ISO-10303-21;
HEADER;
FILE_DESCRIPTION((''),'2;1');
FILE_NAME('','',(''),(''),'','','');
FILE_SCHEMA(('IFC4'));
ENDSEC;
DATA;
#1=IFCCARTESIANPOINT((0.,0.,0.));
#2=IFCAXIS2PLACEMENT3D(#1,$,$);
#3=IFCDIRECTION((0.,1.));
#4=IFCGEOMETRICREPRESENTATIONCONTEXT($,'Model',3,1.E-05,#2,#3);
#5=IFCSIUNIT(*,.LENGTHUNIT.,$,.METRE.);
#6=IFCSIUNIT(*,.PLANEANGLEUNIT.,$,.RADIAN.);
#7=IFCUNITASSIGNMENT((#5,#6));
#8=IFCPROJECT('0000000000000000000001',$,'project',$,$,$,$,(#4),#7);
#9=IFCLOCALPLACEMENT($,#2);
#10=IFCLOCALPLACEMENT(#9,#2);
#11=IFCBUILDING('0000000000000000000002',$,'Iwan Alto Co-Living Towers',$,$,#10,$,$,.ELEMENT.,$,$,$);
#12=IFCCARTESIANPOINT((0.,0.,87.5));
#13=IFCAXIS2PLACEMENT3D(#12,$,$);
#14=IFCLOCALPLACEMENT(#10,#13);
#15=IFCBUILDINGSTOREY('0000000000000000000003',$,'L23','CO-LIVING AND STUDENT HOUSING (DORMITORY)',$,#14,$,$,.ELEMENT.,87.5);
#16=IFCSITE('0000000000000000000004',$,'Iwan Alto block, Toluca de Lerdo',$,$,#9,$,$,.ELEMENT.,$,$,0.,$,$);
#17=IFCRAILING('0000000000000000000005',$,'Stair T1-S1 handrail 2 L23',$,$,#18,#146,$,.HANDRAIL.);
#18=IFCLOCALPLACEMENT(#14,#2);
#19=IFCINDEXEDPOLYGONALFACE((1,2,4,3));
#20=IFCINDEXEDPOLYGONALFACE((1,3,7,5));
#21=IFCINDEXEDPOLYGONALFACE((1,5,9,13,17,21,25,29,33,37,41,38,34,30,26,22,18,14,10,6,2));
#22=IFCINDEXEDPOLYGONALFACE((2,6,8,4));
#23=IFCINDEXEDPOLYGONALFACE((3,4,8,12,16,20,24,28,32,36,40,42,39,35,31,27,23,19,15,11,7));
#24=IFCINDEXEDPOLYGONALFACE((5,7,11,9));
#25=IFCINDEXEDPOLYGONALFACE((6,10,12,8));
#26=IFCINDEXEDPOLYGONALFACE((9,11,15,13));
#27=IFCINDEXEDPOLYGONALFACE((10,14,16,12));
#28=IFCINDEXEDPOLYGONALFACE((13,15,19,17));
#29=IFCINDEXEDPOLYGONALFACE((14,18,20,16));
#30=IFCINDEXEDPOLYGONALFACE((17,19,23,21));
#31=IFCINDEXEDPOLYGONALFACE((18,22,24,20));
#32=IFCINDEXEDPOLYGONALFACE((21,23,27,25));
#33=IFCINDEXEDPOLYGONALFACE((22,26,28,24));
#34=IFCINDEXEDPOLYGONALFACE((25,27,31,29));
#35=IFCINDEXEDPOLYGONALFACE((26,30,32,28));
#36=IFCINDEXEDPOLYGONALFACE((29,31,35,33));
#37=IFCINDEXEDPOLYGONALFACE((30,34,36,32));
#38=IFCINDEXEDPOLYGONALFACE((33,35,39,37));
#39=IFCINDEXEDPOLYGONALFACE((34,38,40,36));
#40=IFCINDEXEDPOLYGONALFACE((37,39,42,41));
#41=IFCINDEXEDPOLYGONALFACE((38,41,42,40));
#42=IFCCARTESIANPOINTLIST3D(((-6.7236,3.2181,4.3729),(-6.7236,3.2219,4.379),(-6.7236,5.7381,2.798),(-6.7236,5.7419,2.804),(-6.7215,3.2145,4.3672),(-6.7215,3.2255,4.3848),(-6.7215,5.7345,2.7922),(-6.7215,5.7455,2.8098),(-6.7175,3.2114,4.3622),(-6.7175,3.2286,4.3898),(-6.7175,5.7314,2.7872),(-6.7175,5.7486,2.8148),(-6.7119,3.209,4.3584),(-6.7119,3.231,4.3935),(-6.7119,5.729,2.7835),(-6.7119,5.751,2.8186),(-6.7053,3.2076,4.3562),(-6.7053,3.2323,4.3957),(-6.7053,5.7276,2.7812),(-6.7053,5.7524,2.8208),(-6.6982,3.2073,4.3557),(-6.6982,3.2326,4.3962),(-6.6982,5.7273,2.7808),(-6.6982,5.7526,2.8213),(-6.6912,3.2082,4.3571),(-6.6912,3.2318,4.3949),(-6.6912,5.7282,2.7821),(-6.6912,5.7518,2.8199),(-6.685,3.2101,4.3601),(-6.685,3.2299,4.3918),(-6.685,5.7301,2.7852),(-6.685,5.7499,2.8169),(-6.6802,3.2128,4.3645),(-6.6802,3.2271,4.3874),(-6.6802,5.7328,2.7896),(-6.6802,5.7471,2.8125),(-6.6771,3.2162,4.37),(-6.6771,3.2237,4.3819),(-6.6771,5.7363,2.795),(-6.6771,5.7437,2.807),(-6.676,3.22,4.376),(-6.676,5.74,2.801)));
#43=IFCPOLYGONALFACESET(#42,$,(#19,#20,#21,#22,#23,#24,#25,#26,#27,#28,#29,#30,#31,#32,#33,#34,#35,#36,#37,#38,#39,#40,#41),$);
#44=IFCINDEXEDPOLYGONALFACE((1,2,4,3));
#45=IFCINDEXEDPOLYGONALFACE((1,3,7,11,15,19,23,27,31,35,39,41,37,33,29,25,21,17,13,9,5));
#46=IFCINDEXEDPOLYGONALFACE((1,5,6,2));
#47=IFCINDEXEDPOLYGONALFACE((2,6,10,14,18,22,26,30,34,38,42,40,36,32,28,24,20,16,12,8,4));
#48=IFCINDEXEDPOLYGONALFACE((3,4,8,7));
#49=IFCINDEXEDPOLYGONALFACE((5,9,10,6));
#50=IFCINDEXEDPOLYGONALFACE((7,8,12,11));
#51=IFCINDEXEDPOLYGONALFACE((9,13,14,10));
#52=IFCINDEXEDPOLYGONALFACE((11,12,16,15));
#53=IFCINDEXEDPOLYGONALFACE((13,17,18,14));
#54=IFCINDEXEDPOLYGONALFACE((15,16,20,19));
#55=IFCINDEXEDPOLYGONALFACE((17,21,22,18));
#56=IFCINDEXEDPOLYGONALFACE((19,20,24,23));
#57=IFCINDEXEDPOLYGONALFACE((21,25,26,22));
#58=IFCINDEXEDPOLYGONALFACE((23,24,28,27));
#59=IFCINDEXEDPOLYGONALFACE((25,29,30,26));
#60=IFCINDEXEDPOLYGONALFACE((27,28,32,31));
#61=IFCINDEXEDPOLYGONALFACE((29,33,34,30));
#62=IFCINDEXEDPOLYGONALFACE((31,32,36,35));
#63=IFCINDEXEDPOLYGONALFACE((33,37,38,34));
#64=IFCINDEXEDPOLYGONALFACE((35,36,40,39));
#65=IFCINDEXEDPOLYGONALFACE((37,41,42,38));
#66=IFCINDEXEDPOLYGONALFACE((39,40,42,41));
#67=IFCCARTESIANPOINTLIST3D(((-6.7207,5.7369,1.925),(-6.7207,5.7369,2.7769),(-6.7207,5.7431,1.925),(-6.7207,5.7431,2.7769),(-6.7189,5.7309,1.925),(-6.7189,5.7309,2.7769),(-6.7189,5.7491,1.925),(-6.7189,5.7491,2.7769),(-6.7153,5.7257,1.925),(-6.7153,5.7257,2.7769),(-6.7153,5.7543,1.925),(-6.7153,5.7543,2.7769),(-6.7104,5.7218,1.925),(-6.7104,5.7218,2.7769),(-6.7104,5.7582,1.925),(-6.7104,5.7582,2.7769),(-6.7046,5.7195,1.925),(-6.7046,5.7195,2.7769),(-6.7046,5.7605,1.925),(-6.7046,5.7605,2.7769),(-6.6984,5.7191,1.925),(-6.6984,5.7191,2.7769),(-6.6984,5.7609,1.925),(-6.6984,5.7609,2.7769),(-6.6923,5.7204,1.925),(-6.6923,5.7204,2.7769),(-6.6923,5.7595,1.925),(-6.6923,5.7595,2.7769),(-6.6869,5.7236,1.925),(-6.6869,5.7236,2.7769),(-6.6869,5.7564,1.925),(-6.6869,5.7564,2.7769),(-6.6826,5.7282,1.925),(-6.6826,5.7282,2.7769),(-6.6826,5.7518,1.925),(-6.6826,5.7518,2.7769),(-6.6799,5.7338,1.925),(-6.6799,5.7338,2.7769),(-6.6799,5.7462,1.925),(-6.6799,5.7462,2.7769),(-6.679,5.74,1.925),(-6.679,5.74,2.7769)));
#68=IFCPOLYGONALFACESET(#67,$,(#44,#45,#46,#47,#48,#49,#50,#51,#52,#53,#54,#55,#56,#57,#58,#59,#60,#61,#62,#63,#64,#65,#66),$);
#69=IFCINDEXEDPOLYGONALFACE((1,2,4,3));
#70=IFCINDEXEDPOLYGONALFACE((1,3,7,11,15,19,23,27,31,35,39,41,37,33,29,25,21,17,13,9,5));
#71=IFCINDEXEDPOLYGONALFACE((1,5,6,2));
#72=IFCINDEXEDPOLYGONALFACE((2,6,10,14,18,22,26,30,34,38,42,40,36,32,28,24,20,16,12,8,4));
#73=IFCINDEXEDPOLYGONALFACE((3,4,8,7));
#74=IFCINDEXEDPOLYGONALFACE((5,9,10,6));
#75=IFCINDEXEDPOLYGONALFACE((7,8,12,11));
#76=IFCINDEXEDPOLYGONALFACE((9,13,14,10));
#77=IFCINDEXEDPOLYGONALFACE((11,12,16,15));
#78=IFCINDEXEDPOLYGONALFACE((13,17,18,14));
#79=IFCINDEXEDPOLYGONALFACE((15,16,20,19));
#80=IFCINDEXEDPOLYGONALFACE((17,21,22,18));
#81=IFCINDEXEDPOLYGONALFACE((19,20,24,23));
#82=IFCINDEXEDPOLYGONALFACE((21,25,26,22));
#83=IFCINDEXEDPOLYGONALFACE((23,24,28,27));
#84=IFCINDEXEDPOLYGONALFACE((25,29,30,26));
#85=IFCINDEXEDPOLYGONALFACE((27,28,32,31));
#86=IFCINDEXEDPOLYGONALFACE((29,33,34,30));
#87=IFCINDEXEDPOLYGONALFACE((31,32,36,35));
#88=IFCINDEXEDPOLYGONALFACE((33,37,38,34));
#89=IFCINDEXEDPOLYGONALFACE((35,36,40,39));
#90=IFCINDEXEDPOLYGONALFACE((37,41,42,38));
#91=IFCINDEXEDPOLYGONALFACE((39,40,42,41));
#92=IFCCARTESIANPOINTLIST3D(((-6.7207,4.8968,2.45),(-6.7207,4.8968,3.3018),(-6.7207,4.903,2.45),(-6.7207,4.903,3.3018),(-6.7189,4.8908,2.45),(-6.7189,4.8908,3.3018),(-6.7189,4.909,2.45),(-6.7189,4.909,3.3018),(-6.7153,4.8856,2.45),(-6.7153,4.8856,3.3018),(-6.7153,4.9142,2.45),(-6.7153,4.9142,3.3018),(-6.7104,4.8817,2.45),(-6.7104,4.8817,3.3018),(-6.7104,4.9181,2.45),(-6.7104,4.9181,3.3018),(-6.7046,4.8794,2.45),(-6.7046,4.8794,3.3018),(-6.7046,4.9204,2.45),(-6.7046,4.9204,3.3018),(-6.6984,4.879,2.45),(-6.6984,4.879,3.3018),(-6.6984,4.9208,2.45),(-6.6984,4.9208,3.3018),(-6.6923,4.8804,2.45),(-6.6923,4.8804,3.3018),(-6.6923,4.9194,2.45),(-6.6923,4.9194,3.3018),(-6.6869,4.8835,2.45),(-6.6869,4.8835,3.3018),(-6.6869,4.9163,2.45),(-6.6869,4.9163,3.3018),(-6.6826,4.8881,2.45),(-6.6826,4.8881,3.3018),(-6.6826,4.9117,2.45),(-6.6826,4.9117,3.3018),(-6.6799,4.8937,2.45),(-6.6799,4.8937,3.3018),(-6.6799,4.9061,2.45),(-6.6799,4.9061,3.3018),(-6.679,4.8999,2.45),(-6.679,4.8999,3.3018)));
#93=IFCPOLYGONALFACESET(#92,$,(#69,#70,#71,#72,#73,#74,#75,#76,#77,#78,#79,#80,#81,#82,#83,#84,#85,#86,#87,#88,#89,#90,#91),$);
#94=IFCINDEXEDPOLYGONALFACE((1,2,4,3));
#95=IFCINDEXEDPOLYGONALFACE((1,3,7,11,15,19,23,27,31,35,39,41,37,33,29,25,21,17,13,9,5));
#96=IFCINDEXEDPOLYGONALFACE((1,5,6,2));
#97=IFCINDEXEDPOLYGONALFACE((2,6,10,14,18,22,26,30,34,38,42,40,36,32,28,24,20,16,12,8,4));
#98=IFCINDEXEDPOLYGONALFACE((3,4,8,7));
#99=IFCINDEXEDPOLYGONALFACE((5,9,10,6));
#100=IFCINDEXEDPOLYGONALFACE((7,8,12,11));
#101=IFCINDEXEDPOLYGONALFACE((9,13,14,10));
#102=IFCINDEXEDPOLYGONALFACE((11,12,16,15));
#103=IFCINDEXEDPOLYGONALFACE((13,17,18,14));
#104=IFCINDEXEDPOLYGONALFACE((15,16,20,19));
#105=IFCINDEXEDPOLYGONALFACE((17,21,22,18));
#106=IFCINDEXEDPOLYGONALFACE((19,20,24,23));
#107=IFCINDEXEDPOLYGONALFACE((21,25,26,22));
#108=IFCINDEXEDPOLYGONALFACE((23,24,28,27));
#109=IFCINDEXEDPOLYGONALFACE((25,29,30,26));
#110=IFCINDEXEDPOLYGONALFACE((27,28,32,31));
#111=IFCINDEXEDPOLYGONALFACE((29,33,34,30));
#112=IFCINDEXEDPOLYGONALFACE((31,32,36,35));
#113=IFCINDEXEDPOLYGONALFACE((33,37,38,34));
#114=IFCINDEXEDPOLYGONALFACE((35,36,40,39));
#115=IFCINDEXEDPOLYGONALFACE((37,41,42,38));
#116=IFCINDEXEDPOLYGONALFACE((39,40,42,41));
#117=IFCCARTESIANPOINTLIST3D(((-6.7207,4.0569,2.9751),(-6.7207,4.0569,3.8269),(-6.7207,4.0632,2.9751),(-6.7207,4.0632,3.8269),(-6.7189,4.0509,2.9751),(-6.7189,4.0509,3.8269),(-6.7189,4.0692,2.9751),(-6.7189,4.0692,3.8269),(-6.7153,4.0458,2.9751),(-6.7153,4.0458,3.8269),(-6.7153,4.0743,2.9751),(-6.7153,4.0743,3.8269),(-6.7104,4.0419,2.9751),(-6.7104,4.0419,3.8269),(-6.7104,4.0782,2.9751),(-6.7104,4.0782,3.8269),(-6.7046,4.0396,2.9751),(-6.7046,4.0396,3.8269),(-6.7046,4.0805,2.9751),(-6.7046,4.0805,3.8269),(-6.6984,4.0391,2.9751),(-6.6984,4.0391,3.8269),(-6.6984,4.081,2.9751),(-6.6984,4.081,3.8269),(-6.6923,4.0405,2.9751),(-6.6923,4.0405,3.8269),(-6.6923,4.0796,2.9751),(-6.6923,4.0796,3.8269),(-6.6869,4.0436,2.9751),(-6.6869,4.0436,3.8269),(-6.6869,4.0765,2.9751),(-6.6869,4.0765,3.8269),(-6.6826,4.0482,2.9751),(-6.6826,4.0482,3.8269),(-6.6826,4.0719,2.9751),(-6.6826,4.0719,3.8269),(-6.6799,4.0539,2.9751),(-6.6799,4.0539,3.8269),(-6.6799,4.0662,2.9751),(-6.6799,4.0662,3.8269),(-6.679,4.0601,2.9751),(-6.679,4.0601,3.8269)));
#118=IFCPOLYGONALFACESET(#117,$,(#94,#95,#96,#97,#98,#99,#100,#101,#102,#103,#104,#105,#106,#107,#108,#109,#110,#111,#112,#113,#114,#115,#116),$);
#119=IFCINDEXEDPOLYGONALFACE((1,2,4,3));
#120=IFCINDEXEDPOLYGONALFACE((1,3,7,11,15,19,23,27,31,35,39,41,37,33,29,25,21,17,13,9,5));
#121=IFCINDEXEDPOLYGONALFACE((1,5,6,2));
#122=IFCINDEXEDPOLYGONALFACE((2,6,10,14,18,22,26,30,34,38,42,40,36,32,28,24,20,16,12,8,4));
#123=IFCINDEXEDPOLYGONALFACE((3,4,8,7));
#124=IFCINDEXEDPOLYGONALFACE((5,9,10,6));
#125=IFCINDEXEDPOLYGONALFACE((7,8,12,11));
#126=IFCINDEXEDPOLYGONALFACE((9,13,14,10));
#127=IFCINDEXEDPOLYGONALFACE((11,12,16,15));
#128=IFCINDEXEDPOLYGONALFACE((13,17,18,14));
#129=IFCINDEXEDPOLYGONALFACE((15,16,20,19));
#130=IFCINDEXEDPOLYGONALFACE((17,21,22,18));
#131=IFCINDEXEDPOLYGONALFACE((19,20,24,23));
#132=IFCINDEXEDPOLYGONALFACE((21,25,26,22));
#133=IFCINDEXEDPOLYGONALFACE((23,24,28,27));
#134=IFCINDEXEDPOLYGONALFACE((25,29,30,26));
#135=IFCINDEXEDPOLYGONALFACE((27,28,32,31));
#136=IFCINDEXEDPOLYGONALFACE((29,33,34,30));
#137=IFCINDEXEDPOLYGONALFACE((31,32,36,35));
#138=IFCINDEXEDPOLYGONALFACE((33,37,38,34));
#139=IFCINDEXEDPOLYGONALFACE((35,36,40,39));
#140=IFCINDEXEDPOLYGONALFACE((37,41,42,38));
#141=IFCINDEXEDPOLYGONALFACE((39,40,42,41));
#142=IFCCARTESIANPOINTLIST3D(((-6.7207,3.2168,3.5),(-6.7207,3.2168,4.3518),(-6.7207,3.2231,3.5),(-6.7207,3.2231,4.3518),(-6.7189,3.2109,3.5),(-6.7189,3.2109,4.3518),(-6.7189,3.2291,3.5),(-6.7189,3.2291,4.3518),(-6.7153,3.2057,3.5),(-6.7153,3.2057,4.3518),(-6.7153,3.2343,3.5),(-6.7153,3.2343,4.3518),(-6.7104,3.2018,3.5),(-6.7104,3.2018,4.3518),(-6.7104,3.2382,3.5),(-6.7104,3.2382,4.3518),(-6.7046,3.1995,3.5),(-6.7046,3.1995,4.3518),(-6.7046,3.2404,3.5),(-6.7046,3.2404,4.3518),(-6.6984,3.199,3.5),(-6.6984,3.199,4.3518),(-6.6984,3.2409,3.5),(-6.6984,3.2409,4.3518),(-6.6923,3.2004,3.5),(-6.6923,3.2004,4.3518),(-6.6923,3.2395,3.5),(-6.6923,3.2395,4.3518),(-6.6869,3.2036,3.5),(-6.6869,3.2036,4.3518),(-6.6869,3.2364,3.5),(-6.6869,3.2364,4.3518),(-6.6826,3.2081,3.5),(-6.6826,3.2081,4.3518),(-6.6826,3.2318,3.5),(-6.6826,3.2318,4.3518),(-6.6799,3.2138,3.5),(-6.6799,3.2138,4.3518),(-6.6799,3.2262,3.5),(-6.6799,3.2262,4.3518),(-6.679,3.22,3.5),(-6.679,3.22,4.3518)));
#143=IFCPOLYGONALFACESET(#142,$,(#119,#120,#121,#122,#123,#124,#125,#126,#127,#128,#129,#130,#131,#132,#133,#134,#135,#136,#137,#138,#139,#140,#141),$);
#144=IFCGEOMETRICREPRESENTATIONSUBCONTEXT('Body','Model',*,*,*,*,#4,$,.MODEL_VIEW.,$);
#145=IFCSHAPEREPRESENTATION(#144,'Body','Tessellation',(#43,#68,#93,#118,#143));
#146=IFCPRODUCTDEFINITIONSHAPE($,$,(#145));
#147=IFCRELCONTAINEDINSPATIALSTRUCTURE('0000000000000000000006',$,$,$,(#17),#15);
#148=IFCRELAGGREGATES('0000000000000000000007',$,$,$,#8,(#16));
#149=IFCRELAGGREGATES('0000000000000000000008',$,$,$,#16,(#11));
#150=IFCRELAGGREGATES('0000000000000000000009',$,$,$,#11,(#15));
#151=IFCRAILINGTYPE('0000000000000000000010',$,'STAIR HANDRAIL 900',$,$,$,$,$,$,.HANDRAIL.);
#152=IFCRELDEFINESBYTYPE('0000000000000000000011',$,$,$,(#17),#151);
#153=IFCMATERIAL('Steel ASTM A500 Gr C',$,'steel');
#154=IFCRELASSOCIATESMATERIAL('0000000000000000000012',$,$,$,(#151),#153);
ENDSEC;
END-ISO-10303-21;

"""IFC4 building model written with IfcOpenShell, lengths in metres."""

from ifc_helpers import new_model, si_unit, direction, frame, origin, origin_2d, place, context, subcontext, project, spatial, circle, extrude, material, type_object, element, save


model = new_model("IFC4")

# Units and contexts
model_context = context("Model", 3, precision=1e-05, world=origin(), true_north=direction((0.0, 1.0)))
body_context = subcontext(model_context, "Body", "Model", "MODEL_VIEW")
ifc_project = project(units=[si_unit("LENGTHUNIT", "METRE"), si_unit("PLANEANGLEUNIT", "RADIAN")], contexts=[model_context])

# Site, building, storey
site_placement = place(None, origin())
site = spatial("IfcSite", under=ifc_project, at=site_placement, Name="Iwan Alto block, Toluca de Lerdo", CompositionType="ELEMENT", RefElevation=0.0)
building_placement = place(site_placement, origin())
building = spatial("IfcBuilding", under=site, at=building_placement, Name="Iwan Alto Co-Living Towers", CompositionType="ELEMENT")
storey_placement = place(building_placement, frame((0.0, 0.0, 87.5)))
storey = spatial("IfcBuildingStorey", under=building, at=storey_placement, Name="L23", Description="CO-LIVING AND STUDENT HOUSING (DORMITORY)", CompositionType="ELEMENT", Elevation=87.5)

# Railing
ifc_material_1 = material(Name="Steel ASTM A500 Gr C", Category="steel")
railing_type_1 = type_object("IfcRailingType", Name="STAIR HANDRAIL 900", PredefinedType="HANDRAIL", material=ifc_material_1)
railing_1_placement = place(storey_placement, frame((-6.7, 5.74, 1.925)))
element("IfcRailing", 1, at=railing_1_placement, inside=storey, type_object=railing_type_1, Name="Stair T1-S1 handrail 2 L23", PredefinedType="HANDRAIL", context=body_context, shape_type="SweptSolid", body=[
    extrude(circle(Radius=0.0239, at=origin_2d()), frame((0.0, 0.0, 0.876), z_axis=(0.0, -0.848008, 0.529984), x_axis=(1.0, 0.0, 0.0)), (0.0, 0.0, 1.0), 2.9717),
    extrude(circle(Radius=0.021, at=origin_2d()), origin(), (0.0, 0.0, 1.0), 0.8518),
    extrude(circle(Radius=0.021, at=origin_2d()), frame((0.0, -0.8401, 0.5249)), (0.0, 0.0, 1.0), 0.8518),
    extrude(circle(Radius=0.021, at=origin_2d()), frame((0.0, -1.6799, 1.05)), (0.0, 0.0, 1.0), 0.8518),
    extrude(circle(Radius=0.021, at=origin_2d()), frame((0.0, -2.52, 1.575)), (0.0, 0.0, 1.0), 0.8518),
])

save(model, "model.ifc")
